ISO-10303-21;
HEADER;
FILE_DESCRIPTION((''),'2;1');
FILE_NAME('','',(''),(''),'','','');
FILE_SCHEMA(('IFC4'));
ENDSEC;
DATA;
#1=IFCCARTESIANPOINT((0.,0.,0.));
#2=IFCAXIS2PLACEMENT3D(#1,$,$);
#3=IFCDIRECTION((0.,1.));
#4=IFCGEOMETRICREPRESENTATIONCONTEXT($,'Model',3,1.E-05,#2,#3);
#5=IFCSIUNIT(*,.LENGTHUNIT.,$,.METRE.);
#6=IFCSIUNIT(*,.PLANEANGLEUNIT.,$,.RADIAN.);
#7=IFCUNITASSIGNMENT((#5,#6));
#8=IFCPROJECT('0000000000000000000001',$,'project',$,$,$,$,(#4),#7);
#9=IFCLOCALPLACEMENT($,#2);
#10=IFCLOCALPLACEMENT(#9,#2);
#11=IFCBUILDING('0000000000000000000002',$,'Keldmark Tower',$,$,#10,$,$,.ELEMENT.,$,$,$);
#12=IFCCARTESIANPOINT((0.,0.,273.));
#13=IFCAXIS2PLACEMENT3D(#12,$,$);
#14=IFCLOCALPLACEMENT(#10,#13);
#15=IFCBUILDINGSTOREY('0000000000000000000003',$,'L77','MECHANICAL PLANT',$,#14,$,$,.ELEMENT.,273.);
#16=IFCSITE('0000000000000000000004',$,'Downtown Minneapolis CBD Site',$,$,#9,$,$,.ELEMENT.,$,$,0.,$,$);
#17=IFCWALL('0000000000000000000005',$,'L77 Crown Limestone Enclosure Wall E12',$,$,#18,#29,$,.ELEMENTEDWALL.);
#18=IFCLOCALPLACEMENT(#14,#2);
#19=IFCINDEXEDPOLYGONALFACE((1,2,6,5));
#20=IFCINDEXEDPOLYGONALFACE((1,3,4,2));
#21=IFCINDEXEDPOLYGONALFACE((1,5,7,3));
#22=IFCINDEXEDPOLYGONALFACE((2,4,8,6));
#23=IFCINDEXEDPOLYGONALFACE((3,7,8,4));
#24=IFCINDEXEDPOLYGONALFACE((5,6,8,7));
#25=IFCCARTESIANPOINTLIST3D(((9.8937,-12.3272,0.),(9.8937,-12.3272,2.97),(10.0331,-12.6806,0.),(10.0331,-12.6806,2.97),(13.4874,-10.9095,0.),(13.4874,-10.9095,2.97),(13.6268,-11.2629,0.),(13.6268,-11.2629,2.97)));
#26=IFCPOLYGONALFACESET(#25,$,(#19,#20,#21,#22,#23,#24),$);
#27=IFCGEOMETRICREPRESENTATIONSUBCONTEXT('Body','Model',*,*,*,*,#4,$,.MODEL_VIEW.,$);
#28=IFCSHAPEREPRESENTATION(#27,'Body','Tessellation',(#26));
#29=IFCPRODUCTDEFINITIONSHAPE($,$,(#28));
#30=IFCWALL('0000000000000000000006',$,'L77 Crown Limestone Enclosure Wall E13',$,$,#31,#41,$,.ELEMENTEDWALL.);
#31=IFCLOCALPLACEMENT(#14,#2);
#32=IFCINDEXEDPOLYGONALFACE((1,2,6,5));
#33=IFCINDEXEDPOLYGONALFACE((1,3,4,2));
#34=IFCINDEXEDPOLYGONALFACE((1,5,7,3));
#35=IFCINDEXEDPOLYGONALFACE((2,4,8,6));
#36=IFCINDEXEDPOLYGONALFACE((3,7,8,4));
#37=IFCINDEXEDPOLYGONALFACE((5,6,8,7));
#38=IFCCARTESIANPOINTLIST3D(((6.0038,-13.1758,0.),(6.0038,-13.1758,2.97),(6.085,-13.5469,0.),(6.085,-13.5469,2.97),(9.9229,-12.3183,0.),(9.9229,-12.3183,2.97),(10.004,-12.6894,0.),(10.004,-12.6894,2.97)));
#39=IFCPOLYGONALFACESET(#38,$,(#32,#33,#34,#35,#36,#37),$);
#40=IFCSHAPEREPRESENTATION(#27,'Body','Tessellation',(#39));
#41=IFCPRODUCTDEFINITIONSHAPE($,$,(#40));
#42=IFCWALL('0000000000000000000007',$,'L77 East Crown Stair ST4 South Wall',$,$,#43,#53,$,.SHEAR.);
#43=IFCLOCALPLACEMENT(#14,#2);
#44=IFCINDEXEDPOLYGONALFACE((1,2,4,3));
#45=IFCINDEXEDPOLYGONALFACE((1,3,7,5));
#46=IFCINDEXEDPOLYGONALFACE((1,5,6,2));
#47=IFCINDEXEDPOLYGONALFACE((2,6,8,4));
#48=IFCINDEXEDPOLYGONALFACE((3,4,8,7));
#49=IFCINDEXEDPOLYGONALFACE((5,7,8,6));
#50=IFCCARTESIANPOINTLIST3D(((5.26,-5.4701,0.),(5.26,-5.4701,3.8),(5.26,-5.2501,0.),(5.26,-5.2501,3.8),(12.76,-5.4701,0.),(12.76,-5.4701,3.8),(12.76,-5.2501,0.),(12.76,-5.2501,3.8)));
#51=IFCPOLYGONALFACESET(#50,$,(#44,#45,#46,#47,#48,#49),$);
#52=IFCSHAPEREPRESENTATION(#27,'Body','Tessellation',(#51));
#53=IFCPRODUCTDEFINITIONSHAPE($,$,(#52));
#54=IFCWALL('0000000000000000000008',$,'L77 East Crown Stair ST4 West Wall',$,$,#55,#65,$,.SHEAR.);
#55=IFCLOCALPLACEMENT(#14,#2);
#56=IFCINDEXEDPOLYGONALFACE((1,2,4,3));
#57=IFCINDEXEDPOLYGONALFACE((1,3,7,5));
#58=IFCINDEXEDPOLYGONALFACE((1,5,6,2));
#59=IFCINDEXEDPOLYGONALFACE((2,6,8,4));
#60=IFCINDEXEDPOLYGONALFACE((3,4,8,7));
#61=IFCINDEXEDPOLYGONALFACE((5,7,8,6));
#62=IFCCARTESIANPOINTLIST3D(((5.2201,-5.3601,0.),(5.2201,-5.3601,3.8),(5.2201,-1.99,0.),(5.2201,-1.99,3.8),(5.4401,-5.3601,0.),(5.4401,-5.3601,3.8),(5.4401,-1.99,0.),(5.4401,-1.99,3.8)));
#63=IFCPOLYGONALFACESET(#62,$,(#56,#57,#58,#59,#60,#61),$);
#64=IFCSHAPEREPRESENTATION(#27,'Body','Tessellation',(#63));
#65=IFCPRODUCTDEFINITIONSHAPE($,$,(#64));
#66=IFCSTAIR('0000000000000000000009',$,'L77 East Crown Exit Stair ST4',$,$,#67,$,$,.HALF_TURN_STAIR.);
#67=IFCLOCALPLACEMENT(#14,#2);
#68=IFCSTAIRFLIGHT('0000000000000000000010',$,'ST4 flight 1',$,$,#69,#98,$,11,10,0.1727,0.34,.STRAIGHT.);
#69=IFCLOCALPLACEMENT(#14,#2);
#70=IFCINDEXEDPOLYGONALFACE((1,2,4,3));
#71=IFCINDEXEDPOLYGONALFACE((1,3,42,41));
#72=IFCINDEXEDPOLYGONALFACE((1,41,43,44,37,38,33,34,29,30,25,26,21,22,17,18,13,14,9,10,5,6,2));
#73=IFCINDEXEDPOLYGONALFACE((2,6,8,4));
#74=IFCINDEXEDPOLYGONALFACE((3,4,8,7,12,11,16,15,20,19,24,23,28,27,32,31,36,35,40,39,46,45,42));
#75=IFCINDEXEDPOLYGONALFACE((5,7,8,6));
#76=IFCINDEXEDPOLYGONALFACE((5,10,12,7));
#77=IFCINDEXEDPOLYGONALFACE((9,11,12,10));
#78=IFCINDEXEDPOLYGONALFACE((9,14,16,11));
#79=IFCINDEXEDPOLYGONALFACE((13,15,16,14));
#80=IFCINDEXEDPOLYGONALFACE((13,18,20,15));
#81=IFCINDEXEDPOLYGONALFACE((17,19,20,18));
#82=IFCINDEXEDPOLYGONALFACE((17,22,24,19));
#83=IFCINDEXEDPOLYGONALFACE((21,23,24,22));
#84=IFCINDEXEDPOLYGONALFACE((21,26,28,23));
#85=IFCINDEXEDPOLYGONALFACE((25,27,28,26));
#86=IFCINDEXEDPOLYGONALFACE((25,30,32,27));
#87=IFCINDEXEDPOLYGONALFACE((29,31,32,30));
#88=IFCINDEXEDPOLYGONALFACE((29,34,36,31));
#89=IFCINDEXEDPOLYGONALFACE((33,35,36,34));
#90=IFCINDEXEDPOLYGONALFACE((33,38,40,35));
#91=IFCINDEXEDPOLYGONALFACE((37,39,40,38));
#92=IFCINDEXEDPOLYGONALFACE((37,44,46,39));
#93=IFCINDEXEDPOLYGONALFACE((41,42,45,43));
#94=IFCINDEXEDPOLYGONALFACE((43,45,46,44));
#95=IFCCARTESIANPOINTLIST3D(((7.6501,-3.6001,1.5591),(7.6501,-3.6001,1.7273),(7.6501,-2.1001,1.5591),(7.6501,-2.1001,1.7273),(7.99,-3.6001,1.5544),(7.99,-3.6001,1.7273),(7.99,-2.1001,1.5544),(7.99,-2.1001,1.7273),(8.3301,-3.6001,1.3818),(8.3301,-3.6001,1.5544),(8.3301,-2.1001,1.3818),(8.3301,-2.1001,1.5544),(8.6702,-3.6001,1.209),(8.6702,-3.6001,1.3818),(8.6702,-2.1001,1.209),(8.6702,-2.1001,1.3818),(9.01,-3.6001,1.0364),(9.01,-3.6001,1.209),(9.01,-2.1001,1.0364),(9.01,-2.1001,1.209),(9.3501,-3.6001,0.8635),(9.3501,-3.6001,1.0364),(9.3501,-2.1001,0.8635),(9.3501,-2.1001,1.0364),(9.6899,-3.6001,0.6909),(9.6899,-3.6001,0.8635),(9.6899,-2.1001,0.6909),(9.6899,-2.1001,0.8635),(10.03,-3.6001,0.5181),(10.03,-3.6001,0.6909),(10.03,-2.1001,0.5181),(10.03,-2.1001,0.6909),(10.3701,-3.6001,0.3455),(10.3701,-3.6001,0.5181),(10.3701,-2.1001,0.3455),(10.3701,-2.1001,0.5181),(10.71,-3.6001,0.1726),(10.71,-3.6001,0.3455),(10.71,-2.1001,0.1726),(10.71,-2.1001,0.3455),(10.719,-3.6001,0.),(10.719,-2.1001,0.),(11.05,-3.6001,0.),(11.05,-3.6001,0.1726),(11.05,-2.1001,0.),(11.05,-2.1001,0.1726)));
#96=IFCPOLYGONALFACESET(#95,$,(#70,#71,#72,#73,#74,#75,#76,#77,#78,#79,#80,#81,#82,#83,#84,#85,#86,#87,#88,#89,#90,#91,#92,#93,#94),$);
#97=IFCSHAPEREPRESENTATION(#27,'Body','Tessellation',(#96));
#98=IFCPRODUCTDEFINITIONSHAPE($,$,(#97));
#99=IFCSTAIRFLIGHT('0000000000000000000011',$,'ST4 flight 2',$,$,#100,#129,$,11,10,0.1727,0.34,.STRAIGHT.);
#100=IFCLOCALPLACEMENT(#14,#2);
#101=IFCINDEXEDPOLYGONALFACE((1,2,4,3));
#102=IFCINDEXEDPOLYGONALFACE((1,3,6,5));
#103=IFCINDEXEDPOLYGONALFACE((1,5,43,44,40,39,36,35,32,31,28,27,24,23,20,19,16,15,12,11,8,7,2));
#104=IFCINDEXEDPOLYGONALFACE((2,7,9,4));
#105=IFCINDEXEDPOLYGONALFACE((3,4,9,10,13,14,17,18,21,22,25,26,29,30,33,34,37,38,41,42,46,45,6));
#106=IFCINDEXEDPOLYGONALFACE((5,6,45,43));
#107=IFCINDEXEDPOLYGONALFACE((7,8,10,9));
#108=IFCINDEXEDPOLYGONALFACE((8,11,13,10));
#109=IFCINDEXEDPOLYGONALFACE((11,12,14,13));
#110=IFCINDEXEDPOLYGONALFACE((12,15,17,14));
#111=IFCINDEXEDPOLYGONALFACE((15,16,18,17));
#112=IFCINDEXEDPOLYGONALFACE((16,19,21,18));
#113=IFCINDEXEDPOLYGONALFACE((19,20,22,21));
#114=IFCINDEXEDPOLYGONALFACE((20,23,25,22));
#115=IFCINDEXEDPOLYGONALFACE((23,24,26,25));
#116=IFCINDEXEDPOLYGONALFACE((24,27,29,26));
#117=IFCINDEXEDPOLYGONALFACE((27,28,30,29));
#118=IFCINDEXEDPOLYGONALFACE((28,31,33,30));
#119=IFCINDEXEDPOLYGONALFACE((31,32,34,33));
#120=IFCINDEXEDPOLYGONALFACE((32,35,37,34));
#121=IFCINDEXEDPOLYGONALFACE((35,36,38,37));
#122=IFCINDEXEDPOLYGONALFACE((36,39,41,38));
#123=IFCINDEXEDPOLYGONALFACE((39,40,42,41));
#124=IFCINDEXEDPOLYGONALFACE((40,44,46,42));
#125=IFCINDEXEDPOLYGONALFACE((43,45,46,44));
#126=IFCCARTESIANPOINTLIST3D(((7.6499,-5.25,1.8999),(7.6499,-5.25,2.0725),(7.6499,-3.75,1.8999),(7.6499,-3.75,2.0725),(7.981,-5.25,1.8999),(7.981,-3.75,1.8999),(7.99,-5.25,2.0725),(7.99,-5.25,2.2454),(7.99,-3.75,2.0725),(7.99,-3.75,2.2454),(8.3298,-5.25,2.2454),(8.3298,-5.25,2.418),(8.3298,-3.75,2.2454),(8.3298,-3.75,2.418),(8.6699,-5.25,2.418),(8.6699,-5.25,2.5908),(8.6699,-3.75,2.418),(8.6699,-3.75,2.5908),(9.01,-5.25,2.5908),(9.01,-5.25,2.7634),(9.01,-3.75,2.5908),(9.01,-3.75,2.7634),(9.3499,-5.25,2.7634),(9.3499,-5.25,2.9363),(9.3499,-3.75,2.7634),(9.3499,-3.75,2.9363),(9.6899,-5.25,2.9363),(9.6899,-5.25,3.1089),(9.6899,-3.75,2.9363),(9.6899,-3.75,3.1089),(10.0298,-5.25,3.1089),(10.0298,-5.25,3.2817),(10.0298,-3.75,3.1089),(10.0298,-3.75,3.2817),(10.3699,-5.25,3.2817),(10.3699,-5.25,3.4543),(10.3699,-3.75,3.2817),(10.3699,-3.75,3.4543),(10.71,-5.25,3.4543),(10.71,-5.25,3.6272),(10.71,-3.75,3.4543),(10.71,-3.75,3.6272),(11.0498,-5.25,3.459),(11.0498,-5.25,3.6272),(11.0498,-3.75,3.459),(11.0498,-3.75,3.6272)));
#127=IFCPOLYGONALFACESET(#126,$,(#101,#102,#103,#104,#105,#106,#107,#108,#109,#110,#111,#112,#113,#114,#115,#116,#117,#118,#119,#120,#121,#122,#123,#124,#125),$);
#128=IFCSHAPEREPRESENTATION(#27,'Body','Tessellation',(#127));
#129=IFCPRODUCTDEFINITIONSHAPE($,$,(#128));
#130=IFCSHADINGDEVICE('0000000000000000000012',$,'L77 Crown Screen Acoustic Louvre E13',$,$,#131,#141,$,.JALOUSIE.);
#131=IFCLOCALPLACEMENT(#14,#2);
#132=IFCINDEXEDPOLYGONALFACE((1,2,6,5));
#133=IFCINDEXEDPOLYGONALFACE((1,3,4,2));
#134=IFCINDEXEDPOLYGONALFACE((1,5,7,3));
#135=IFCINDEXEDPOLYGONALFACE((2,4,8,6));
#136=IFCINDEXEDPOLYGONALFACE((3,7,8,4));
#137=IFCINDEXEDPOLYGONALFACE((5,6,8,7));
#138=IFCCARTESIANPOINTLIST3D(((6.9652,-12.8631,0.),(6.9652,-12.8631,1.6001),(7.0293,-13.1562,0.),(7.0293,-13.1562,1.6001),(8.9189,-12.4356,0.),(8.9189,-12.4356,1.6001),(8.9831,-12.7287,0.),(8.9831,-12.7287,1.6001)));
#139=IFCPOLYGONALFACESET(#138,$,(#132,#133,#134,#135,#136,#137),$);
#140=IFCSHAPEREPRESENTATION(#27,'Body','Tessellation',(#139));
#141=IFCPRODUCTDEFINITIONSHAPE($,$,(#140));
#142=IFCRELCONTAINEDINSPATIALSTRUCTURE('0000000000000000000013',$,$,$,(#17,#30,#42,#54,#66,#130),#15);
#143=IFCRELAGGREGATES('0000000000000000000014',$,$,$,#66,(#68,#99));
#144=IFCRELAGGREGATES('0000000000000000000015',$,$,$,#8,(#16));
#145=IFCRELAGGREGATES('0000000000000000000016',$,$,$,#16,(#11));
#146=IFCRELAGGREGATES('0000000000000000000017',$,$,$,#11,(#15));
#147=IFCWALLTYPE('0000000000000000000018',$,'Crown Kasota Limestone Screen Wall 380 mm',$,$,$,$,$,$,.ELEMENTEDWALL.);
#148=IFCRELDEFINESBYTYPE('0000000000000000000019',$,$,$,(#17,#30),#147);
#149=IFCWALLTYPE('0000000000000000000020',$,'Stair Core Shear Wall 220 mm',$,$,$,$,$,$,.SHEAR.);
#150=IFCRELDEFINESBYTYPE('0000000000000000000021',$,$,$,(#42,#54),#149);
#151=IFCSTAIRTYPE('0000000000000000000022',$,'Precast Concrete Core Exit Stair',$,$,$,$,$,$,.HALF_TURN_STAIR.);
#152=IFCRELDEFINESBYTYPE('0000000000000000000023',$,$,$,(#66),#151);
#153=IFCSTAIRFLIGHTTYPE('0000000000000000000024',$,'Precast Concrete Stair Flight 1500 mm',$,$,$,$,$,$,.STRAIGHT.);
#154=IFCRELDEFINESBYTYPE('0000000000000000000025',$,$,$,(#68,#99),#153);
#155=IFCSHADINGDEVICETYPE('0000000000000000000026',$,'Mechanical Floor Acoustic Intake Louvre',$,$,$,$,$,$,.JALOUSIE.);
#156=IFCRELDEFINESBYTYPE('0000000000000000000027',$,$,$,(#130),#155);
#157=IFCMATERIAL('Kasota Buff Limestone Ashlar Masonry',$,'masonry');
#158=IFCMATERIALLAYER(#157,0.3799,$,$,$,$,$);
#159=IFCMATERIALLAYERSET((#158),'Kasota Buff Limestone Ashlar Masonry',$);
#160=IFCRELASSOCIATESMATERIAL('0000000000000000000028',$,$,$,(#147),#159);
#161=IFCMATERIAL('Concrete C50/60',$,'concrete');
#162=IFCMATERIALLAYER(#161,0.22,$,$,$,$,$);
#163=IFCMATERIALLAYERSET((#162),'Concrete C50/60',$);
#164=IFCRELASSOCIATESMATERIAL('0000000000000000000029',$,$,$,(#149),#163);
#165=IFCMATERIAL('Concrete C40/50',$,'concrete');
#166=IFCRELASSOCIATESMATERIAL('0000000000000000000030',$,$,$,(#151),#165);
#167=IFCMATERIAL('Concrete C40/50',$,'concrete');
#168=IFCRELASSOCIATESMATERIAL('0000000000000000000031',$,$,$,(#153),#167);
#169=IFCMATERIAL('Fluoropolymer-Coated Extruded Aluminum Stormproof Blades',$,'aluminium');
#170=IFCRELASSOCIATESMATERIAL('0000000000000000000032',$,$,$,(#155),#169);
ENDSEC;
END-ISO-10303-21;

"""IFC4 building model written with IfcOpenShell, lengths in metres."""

from ifc_helpers import new_model, si_unit, direction, frame, frame_2d, origin, origin_2d, place, context, subcontext, project, spatial, polyline, rectangle, outline, extrude, material, layer, layer_set, type_object, element, aggregate, save


model = new_model("IFC4")

# Units and contexts
model_context = context("Model", 3, precision=1e-05, world=origin(), true_north=direction((0.0, 1.0)))
body_context = subcontext(model_context, "Body", "Model", "MODEL_VIEW")
ifc_project = project(units=[si_unit("LENGTHUNIT", "METRE"), si_unit("PLANEANGLEUNIT", "RADIAN")], contexts=[model_context])

# Site, building, storey
site_placement = place(None, origin())
site = spatial("IfcSite", under=ifc_project, at=site_placement, Name="Downtown Minneapolis CBD Site", CompositionType="ELEMENT", RefElevation=0.0)
building_placement = place(site_placement, origin())
building = spatial("IfcBuilding", under=site, at=building_placement, Name="Keldmark Tower", CompositionType="ELEMENT")
storey_placement = place(building_placement, frame((0.0, 0.0, 273.0)))
storey = spatial("IfcBuildingStorey", under=building, at=storey_placement, Name="L77", Description="MECHANICAL PLANT", CompositionType="ELEMENT", Elevation=273.0)

# Walls
ifc_material_1 = material(Name="Kasota Buff Limestone Ashlar Masonry", Category="masonry")
ifc_layer_1 = layer(ifc_material_1, 0.3799)
ifc_layer_set_1 = layer_set([ifc_layer_1], Name="Kasota Buff Limestone Ashlar Masonry")
wall_type_1 = type_object("IfcWallType", Name="Crown Kasota Limestone Screen Wall 380 mm", PredefinedType="ELEMENTEDWALL", material=ifc_layer_set_1)
wall_1_placement = place(storey_placement, frame((9.9634, -12.5039, 0.0), z_axis=(0.0, 0.0, 1.0), x_axis=(0.930231, 0.366974, 0.0)))
element("IfcWall", 1, at=wall_1_placement, inside=storey, type_object=wall_type_1, Name="L77 Crown Limestone Enclosure Wall E12", PredefinedType="ELEMENTEDWALL", context=body_context, shape_type="SweptSolid", body=[
    extrude(rectangle(XDim=3.8633, YDim=0.3799, at=frame_2d((1.9316, 0.0))), origin(), (0.0, 0.0, 1.0), 2.97),
])
wall_2_placement = place(storey_placement, frame((6.0444, -13.3613, 0.0), z_axis=(0.0, 0.0, 1.0), x_axis=(0.976892, 0.213733, 0.0)))
element("IfcWall", 2, at=wall_2_placement, inside=storey, type_object=wall_type_1, Name="L77 Crown Limestone Enclosure Wall E13", PredefinedType="ELEMENTEDWALL", context=body_context, shape_type="SweptSolid", body=[
    extrude(rectangle(XDim=4.0117, YDim=0.3799, at=frame_2d((2.0059, 0.0))), origin(), (0.0, 0.0, 1.0), 2.97),
])
ifc_material_2 = material(Name="Concrete C50/60", Category="concrete")
ifc_layer_2 = layer(ifc_material_2, 0.22)
ifc_layer_set_2 = layer_set([ifc_layer_2], Name="Concrete C50/60")
wall_type_2 = type_object("IfcWallType", Name="Stair Core Shear Wall 220 mm", PredefinedType="SHEAR", material=ifc_layer_set_2)
wall_3_placement = place(storey_placement, frame((5.26, -5.3601, 0.0), z_axis=(0.0, 0.0, 1.0), x_axis=(1.0, 0.0, 0.0)))
element("IfcWall", 3, at=wall_3_placement, inside=storey, type_object=wall_type_2, Name="L77 East Crown Stair ST4 South Wall", PredefinedType="SHEAR", context=body_context, shape_type="SweptSolid", body=[
    extrude(rectangle(XDim=7.5, YDim=0.22, at=frame_2d((3.75, 0.0))), origin(), (0.0, 0.0, 1.0), 3.8),
])
wall_4_placement = place(storey_placement, frame((5.3301, -5.3601, 0.0), z_axis=(0.0, 0.0, 1.0), x_axis=(0.0, 1.0, 0.0)))
element("IfcWall", 4, at=wall_4_placement, inside=storey, type_object=wall_type_2, Name="L77 East Crown Stair ST4 West Wall", PredefinedType="SHEAR", context=body_context, shape_type="SweptSolid", body=[
    extrude(rectangle(XDim=3.3701, YDim=0.22, at=frame_2d((1.6851, 0.0))), origin(), (0.0, 0.0, 1.0), 3.8),
])

# Stair, stair flights
ifc_material_3 = material(Name="Concrete C40/50", Category="concrete")
stair_type = type_object("IfcStairType", Name="Precast Concrete Core Exit Stair", PredefinedType="HALF_TURN_STAIR", material=ifc_material_3)
stair_placement = place(storey_placement, origin())
stair = element("IfcStair", 5, at=stair_placement, inside=storey, type_object=stair_type, Name="L77 East Crown Exit Stair ST4", PredefinedType="HALF_TURN_STAIR")
ifc_material_4 = material(Name="Concrete C40/50", Category="concrete")
stair_flight_type = type_object("IfcStairFlightType", Name="Precast Concrete Stair Flight 1500 mm", PredefinedType="STRAIGHT", material=ifc_material_4)
stair_flight_1_placement = place(storey_placement, frame((11.05, -2.8501, 0.0), z_axis=(0.0, 0.0, 1.0), x_axis=(-1.0, 0.0, 0.0)))
stair_flight_1 = element("IfcStairFlight", 6, at=stair_flight_1_placement, type_object=stair_flight_type, Name="ST4 flight 1", NumberOfRisers=11, NumberOfTreads=10, PredefinedType="STRAIGHT", RiserHeight=0.1727, TreadLength=0.34, context=body_context, shape_type="SweptSolid", body=[
    extrude(outline(polyline([(0.0, 0.0), (0.0, 0.1726), (0.3401, 0.1726), (0.3401, 0.3455), (0.6799, 0.3455), (0.6799, 0.5181), (1.02, 0.5181), (1.02, 0.6909), (1.3601, 0.6909), (1.3601, 0.8635), (1.7, 0.8635), (1.7, 1.0364), (2.04, 1.0364), (2.04, 1.209), (2.3799, 1.209), (2.3799, 1.3818), (2.72, 1.3818), (2.72, 1.5544), (3.0601, 1.5544), (3.0601, 1.7273), (3.3999, 1.7273), (3.3999, 1.8999), (3.3999, 1.5591), (0.3311, 0.0), (0.0, 0.0)])), frame((0.0, 0.75, 0.0), z_axis=(0.0, -1.0, 0.0), x_axis=(1.0, 0.0, 0.0)), (0.0, 0.0, 1.0), 1.5),
])
stair_flight_2_placement = place(storey_placement, frame((7.6499, -4.5, 1.8999), z_axis=(0.0, 0.0, 1.0), x_axis=(1.0, 0.0, 0.0)))
stair_flight_2 = element("IfcStairFlight", 7, at=stair_flight_2_placement, type_object=stair_flight_type, Name="ST4 flight 2", NumberOfRisers=11, NumberOfTreads=10, PredefinedType="STRAIGHT", RiserHeight=0.1727, TreadLength=0.34, context=body_context, shape_type="SweptSolid", body=[
    extrude(outline(polyline([(0.0, 0.0), (0.0, 0.1726), (0.3401, 0.1726), (0.3401, 0.3455), (0.6799, 0.3455), (0.6799, 0.5181), (1.02, 0.5181), (1.02, 0.6909), (1.3601, 0.6909), (1.3601, 0.8635), (1.7, 0.8635), (1.7, 1.0364), (2.04, 1.0364), (2.04, 1.209), (2.3799, 1.209), (2.3799, 1.3818), (2.72, 1.3818), (2.72, 1.5544), (3.0601, 1.5544), (3.0601, 1.7273), (3.3999, 1.7273), (3.3999, 1.8999), (3.3999, 1.5591), (0.3311, 0.0), (0.0, 0.0)])), frame((0.0, 0.75, 0.0), z_axis=(0.0, -1.0, 0.0), x_axis=(1.0, 0.0, 0.0)), (0.0, 0.0, 1.0), 1.5),
])
aggregate(stair, [stair_flight_1, stair_flight_2])

# Shading device
ifc_material_5 = material(Name="Fluoropolymer-Coated Extruded Aluminum Stormproof Blades", Category="aluminium")
shading_device_type = type_object("IfcShadingDeviceType", Name="Mechanical Floor Acoustic Intake Louvre", PredefinedType="JALOUSIE", material=ifc_material_5)
shading_device_placement = place(storey_placement, frame((7.9741, -12.7959, 0.0), z_axis=(0.0, 0.0, 1.0), x_axis=(0.976889, 0.213747, 0.0)))
element("IfcShadingDevice", 8, at=shading_device_placement, inside=storey, type_object=shading_device_type, Name="L77 Crown Screen Acoustic Louvre E13", PredefinedType="JALOUSIE", context=body_context, shape_type="SweptSolid", body=[
    extrude(rectangle(XDim=2.0, YDim=0.3, at=origin_2d()), origin(), (0.0, 0.0, 1.0), 1.6001),
])

save(model, "model.ifc")
